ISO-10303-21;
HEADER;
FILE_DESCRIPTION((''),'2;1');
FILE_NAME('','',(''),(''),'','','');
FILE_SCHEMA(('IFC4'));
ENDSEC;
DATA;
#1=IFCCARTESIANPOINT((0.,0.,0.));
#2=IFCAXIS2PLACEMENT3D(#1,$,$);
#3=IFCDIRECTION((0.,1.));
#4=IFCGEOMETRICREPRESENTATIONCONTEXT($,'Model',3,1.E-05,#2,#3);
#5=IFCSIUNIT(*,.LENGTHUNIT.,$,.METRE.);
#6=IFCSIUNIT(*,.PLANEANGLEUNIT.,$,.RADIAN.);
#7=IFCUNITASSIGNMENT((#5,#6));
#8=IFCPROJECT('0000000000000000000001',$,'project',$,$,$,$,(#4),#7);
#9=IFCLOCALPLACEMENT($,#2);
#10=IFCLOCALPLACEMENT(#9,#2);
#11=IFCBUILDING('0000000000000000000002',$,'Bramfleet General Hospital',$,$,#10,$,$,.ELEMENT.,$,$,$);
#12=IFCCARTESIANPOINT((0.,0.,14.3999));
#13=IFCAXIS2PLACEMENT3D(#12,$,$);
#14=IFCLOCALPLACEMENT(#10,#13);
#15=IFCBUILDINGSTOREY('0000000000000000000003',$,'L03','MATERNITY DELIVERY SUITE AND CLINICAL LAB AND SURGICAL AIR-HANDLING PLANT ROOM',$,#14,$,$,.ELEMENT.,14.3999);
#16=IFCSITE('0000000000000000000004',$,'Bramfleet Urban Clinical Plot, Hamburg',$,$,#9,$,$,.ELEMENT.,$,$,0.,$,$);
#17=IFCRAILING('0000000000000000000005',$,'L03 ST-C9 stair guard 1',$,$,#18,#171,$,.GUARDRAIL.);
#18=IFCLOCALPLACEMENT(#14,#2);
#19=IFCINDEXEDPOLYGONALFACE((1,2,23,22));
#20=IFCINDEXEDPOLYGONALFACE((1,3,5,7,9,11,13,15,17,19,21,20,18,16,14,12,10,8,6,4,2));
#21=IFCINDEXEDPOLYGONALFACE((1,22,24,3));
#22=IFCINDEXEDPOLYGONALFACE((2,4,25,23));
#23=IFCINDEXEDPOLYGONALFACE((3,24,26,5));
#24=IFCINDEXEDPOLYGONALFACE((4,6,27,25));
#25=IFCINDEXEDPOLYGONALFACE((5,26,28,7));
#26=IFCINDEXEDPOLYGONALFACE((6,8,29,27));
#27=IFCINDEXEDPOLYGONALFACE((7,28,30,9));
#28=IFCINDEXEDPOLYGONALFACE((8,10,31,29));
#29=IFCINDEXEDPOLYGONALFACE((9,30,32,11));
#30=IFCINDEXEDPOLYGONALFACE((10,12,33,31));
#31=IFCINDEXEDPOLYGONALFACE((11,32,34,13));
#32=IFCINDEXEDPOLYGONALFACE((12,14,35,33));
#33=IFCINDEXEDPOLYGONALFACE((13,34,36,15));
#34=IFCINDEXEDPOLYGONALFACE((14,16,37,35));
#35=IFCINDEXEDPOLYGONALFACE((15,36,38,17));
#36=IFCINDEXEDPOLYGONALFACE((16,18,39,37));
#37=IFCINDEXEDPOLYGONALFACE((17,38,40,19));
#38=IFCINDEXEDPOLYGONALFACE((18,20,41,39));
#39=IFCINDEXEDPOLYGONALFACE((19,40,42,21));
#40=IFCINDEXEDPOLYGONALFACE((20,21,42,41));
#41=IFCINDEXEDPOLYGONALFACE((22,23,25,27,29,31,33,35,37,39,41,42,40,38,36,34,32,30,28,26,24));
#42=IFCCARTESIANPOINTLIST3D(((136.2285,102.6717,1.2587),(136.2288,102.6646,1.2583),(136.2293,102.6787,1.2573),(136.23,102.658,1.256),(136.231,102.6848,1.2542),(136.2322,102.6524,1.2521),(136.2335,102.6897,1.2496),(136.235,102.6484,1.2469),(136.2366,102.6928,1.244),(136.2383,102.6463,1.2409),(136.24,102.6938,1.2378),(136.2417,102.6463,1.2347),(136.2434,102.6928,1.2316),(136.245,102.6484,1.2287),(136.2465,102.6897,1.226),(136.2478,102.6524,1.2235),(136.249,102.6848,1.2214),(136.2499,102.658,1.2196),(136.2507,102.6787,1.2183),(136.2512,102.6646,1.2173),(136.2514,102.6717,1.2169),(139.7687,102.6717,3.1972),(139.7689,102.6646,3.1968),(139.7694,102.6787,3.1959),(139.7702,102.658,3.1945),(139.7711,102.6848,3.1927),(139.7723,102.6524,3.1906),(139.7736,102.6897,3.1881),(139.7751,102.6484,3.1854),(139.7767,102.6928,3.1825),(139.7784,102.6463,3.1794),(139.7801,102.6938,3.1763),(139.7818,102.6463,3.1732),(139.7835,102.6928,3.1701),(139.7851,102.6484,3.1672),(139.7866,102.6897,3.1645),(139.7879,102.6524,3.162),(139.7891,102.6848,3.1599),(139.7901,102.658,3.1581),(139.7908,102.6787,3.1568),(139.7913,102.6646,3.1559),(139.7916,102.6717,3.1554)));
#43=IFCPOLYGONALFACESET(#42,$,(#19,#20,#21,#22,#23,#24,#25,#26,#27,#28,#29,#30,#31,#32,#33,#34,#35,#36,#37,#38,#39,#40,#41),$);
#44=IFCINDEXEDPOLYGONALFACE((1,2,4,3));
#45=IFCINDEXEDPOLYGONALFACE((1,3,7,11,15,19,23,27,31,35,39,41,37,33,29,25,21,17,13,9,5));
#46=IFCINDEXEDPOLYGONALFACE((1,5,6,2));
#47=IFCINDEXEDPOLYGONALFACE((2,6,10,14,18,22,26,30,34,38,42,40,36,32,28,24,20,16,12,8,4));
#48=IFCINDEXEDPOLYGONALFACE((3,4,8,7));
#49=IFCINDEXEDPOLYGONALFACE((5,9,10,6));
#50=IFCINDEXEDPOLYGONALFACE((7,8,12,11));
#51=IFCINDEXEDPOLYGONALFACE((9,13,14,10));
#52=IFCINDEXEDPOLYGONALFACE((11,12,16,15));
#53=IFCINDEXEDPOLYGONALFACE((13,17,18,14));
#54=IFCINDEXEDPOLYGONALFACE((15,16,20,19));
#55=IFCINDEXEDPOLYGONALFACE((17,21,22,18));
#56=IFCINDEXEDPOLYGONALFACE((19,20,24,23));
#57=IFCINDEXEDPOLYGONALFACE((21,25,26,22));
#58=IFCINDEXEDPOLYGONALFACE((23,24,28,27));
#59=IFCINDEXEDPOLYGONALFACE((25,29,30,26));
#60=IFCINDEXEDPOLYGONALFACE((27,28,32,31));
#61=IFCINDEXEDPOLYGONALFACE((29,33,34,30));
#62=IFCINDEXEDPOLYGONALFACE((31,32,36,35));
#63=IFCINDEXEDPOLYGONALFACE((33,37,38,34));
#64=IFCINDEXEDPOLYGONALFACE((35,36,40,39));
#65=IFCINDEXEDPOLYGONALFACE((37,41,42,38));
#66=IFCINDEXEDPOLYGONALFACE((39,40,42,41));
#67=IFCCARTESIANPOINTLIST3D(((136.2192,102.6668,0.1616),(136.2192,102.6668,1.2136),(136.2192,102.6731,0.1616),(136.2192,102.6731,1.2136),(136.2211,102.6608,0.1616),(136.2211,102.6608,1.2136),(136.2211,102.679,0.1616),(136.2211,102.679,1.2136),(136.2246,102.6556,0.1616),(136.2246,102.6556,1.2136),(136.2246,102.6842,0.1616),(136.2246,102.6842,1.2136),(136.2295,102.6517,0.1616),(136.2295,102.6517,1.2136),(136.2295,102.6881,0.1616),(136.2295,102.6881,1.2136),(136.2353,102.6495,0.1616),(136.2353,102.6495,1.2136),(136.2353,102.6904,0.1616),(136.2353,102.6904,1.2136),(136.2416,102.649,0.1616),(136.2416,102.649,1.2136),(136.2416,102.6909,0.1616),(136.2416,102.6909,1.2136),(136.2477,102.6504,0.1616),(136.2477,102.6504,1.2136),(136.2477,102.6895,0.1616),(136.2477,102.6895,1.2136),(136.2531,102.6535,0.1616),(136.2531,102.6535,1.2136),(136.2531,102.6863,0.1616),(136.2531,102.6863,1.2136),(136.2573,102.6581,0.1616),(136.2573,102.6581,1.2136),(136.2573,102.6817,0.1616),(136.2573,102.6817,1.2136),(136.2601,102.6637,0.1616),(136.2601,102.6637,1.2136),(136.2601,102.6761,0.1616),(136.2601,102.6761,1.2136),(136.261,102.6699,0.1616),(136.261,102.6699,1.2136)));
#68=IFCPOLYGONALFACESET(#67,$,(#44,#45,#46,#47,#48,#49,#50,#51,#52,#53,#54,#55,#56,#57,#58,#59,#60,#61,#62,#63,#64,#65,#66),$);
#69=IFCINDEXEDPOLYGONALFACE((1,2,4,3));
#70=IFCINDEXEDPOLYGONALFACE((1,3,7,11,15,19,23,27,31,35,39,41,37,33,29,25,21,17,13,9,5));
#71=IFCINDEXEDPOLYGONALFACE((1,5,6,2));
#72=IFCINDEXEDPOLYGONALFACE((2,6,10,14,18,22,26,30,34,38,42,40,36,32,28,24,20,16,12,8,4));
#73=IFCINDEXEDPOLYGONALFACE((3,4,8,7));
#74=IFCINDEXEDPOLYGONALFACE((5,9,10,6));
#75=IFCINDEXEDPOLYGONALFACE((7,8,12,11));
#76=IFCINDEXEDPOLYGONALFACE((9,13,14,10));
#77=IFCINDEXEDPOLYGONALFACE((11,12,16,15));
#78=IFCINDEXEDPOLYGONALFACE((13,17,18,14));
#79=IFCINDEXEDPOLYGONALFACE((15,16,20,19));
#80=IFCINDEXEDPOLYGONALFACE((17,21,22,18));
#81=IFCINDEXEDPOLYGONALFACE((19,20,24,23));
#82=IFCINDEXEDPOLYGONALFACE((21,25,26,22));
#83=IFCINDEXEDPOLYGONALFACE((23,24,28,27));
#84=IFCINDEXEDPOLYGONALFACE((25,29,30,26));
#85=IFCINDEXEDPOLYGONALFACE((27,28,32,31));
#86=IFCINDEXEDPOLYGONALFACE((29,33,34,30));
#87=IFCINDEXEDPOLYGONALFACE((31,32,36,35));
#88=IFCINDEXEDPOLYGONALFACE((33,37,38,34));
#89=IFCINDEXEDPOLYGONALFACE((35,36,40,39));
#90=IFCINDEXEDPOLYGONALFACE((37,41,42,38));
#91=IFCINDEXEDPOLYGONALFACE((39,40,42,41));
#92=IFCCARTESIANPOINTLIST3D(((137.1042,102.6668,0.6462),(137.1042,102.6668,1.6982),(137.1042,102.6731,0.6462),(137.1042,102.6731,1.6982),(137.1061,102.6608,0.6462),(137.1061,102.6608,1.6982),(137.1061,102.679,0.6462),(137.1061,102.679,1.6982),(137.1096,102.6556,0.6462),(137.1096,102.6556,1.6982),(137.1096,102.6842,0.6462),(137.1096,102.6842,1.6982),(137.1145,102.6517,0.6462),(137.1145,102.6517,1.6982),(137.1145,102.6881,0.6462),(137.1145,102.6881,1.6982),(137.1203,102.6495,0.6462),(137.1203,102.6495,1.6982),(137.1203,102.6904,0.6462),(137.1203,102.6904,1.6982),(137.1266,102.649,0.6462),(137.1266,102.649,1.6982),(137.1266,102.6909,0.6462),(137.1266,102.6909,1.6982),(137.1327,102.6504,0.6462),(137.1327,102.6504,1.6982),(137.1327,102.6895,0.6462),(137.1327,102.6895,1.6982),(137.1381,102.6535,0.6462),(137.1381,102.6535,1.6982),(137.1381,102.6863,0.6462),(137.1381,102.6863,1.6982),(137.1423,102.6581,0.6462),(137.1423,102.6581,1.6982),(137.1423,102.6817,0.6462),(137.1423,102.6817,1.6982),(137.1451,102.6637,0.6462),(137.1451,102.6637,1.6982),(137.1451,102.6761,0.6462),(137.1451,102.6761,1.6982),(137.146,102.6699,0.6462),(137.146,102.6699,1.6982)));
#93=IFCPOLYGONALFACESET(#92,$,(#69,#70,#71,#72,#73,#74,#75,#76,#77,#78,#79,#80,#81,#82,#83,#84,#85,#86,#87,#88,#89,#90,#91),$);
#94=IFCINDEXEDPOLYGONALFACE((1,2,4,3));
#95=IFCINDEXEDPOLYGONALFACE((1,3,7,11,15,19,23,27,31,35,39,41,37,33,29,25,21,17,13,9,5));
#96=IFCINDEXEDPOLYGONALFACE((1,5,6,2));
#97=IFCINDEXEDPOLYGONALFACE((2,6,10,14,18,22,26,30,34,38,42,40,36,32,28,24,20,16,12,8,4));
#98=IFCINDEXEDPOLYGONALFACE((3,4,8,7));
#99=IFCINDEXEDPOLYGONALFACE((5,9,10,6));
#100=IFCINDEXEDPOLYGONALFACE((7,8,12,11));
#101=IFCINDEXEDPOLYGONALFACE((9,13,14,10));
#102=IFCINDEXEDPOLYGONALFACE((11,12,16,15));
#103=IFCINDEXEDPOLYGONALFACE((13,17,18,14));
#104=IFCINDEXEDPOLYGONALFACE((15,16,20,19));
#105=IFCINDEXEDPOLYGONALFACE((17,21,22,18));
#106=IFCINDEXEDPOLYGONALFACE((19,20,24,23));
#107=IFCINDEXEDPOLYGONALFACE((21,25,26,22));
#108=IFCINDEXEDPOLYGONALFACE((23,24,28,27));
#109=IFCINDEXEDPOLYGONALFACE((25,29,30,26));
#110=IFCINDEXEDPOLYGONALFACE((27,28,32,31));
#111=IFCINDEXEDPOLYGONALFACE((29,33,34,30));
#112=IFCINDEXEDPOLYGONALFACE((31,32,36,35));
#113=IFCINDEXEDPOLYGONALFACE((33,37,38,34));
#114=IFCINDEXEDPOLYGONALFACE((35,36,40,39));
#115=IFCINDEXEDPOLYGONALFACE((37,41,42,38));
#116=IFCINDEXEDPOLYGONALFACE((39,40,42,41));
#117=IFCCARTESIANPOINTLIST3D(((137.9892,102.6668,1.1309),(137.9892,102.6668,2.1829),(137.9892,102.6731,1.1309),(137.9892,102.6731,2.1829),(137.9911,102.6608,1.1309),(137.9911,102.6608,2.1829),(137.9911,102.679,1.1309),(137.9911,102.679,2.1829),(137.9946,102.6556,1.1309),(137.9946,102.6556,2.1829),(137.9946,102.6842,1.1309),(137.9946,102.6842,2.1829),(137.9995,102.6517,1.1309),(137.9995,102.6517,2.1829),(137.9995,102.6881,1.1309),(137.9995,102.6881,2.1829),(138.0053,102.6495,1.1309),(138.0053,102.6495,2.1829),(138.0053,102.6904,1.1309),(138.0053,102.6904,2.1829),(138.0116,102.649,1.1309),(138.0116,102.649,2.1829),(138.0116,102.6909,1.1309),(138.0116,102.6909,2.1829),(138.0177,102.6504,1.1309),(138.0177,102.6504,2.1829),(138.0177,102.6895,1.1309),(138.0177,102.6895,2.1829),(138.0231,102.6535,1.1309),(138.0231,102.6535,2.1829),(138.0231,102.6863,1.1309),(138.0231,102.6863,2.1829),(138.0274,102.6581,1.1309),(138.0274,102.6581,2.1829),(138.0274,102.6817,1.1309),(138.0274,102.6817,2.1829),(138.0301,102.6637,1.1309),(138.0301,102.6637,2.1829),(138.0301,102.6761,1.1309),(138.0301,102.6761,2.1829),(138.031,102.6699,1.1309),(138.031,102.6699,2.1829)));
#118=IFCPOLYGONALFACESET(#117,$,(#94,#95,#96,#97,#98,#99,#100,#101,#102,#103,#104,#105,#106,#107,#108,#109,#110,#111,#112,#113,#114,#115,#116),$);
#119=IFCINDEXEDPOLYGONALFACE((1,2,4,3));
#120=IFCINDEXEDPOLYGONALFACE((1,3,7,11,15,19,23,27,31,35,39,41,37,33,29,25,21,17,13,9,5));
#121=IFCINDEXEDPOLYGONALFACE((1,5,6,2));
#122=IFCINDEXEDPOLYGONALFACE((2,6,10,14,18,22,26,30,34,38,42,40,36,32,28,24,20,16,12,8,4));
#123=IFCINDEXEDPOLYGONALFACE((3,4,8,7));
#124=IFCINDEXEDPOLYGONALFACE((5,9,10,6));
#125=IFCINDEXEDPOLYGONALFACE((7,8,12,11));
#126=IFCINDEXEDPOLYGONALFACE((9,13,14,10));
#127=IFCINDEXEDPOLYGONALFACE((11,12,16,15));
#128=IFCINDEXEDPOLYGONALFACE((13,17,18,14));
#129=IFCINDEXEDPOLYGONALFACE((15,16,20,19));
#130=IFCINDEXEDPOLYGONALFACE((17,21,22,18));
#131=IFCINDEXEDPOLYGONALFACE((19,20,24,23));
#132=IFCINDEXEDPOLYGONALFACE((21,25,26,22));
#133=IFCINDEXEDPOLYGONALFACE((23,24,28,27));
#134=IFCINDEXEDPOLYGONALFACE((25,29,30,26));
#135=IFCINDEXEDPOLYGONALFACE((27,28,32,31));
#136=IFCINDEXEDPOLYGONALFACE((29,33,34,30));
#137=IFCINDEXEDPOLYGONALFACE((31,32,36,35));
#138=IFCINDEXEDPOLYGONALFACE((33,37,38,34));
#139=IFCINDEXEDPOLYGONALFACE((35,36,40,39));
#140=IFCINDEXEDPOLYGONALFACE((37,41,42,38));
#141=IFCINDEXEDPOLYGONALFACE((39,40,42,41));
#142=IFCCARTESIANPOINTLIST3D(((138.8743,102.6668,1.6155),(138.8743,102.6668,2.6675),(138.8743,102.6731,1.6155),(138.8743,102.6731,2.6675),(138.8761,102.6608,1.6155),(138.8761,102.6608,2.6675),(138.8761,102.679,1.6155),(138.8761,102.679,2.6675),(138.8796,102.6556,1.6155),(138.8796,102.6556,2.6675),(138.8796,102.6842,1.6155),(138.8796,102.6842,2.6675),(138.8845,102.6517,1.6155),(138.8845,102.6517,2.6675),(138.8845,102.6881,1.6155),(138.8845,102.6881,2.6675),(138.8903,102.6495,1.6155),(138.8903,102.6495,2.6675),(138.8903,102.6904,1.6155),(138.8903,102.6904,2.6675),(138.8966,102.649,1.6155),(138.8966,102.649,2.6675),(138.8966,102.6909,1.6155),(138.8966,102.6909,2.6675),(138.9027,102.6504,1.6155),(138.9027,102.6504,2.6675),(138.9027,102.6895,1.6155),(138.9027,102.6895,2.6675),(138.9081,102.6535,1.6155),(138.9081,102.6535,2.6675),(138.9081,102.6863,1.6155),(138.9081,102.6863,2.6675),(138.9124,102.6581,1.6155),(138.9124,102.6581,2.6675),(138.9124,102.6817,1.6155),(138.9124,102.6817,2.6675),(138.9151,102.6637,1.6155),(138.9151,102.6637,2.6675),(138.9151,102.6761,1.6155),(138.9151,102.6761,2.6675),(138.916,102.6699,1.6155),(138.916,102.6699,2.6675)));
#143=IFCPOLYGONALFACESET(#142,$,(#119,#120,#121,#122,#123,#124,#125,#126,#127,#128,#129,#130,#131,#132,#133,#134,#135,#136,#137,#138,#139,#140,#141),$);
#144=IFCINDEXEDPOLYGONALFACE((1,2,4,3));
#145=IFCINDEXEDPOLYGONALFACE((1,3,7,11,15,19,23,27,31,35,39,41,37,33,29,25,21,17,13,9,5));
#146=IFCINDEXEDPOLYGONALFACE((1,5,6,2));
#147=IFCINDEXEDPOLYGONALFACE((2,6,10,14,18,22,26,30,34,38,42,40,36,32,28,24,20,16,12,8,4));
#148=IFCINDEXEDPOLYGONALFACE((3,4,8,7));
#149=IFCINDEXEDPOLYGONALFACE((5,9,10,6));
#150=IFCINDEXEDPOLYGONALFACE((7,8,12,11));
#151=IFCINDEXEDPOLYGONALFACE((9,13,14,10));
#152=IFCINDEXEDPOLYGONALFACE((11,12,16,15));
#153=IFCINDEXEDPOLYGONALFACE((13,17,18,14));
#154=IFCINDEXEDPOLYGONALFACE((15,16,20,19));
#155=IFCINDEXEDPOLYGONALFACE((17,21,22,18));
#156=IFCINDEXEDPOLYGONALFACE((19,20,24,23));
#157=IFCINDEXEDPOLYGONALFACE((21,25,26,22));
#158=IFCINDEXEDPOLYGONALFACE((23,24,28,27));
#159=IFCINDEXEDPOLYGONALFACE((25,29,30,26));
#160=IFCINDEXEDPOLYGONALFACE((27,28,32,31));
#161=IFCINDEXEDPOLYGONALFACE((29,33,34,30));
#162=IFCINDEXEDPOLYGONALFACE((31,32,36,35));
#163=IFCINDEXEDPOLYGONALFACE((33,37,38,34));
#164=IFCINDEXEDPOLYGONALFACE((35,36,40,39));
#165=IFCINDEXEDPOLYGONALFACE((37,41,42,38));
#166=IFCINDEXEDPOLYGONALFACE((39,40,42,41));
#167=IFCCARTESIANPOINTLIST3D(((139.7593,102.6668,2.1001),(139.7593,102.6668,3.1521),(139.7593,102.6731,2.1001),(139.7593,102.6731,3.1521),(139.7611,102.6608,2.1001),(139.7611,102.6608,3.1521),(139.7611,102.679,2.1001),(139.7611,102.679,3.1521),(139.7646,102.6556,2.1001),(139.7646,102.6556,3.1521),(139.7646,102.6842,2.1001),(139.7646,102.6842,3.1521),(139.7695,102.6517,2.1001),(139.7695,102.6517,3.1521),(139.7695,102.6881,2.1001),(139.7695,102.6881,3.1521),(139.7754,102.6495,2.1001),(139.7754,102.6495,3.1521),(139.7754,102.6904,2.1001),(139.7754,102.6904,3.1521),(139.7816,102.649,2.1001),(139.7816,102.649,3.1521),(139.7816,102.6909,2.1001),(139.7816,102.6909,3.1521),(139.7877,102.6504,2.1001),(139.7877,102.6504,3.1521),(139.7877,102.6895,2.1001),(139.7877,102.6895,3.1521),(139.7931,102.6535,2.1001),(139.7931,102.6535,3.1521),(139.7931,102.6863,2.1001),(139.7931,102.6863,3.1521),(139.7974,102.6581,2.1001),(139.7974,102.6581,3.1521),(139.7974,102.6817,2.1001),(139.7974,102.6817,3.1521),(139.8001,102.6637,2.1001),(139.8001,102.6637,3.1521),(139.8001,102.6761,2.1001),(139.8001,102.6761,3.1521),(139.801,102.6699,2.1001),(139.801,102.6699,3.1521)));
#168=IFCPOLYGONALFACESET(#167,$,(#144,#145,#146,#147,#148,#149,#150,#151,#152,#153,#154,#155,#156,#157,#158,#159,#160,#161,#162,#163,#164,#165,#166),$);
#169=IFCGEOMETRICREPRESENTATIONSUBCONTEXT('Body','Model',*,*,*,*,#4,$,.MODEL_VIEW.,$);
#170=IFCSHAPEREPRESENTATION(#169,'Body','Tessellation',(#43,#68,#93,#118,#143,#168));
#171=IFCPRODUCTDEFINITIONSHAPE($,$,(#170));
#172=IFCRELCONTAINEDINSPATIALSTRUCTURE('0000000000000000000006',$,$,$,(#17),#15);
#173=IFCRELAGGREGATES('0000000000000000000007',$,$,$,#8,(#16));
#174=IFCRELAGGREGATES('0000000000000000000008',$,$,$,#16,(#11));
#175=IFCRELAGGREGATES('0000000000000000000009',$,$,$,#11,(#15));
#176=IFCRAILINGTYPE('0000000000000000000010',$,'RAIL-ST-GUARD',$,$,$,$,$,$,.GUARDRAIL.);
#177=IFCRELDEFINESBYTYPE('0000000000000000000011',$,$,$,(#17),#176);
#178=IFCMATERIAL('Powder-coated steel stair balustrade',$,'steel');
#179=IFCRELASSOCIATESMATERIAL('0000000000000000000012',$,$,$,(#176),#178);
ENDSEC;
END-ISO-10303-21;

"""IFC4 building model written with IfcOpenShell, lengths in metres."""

from ifc_helpers import new_model, si_unit, direction, frame, origin, origin_2d, place, context, subcontext, project, spatial, circle, extrude, material, type_object, element, save


model = new_model("IFC4")

# Units and contexts
model_context = context("Model", 3, precision=1e-05, world=origin(), true_north=direction((0.0, 1.0)))
body_context = subcontext(model_context, "Body", "Model", "MODEL_VIEW")
ifc_project = project(units=[si_unit("LENGTHUNIT", "METRE"), si_unit("PLANEANGLEUNIT", "RADIAN")], contexts=[model_context])

# Site, building, storey
site_placement = place(None, origin())
site = spatial("IfcSite", under=ifc_project, at=site_placement, Name="Bramfleet Urban Clinical Plot, Hamburg", CompositionType="ELEMENT", RefElevation=0.0)
building_placement = place(site_placement, origin())
building = spatial("IfcBuilding", under=site, at=building_placement, Name="Bramfleet General Hospital", CompositionType="ELEMENT")
storey_placement = place(building_placement, frame((0.0, 0.0, 14.3999)))
storey = spatial("IfcBuildingStorey", under=building, at=storey_placement, Name="L03", Description="MATERNITY DELIVERY SUITE AND CLINICAL LAB AND SURGICAL AIR-HANDLING PLANT ROOM", CompositionType="ELEMENT", Elevation=14.3999)

# Railing
ifc_material_1 = material(Name="Powder-coated steel stair balustrade", Category="steel")
railing_type_1 = type_object("IfcRailingType", Name="RAIL-ST-GUARD", PredefinedType="GUARDRAIL", material=ifc_material_1)
railing_1_placement = place(storey_placement, frame((136.24, 102.6699, 0.1616)))
element("IfcRailing", 1, at=railing_1_placement, inside=storey, type_object=railing_type_1, Name="L03 ST-C9 stair guard 1", PredefinedType="GUARDRAIL", context=body_context, shape_type="SweptSolid", body=[
    extrude(circle(Radius=0.0239, at=origin_2d()), frame((0.0, 0.0, 1.0762), z_axis=(0.877108, 0.0, 0.480292), x_axis=(0.0, 1.0, 0.0)), (0.0, 0.0, 1.0), 4.0361),
    extrude(circle(Radius=0.021, at=origin_2d()), origin(), (0.0, 0.0, 1.0), 1.052),
    extrude(circle(Radius=0.021, at=origin_2d()), frame((0.885, 0.0, 0.4846)), (0.0, 0.0, 1.0), 1.052),
    extrude(circle(Radius=0.021, at=origin_2d()), frame((1.77, 0.0, 0.9692)), (0.0, 0.0, 1.0), 1.052),
    extrude(circle(Radius=0.021, at=origin_2d()), frame((2.655, 0.0, 1.4539)), (0.0, 0.0, 1.0), 1.052),
    extrude(circle(Radius=0.021, at=origin_2d()), frame((3.54, 0.0, 1.9385)), (0.0, 0.0, 1.0), 1.052),
])

save(model, "model.ifc")
